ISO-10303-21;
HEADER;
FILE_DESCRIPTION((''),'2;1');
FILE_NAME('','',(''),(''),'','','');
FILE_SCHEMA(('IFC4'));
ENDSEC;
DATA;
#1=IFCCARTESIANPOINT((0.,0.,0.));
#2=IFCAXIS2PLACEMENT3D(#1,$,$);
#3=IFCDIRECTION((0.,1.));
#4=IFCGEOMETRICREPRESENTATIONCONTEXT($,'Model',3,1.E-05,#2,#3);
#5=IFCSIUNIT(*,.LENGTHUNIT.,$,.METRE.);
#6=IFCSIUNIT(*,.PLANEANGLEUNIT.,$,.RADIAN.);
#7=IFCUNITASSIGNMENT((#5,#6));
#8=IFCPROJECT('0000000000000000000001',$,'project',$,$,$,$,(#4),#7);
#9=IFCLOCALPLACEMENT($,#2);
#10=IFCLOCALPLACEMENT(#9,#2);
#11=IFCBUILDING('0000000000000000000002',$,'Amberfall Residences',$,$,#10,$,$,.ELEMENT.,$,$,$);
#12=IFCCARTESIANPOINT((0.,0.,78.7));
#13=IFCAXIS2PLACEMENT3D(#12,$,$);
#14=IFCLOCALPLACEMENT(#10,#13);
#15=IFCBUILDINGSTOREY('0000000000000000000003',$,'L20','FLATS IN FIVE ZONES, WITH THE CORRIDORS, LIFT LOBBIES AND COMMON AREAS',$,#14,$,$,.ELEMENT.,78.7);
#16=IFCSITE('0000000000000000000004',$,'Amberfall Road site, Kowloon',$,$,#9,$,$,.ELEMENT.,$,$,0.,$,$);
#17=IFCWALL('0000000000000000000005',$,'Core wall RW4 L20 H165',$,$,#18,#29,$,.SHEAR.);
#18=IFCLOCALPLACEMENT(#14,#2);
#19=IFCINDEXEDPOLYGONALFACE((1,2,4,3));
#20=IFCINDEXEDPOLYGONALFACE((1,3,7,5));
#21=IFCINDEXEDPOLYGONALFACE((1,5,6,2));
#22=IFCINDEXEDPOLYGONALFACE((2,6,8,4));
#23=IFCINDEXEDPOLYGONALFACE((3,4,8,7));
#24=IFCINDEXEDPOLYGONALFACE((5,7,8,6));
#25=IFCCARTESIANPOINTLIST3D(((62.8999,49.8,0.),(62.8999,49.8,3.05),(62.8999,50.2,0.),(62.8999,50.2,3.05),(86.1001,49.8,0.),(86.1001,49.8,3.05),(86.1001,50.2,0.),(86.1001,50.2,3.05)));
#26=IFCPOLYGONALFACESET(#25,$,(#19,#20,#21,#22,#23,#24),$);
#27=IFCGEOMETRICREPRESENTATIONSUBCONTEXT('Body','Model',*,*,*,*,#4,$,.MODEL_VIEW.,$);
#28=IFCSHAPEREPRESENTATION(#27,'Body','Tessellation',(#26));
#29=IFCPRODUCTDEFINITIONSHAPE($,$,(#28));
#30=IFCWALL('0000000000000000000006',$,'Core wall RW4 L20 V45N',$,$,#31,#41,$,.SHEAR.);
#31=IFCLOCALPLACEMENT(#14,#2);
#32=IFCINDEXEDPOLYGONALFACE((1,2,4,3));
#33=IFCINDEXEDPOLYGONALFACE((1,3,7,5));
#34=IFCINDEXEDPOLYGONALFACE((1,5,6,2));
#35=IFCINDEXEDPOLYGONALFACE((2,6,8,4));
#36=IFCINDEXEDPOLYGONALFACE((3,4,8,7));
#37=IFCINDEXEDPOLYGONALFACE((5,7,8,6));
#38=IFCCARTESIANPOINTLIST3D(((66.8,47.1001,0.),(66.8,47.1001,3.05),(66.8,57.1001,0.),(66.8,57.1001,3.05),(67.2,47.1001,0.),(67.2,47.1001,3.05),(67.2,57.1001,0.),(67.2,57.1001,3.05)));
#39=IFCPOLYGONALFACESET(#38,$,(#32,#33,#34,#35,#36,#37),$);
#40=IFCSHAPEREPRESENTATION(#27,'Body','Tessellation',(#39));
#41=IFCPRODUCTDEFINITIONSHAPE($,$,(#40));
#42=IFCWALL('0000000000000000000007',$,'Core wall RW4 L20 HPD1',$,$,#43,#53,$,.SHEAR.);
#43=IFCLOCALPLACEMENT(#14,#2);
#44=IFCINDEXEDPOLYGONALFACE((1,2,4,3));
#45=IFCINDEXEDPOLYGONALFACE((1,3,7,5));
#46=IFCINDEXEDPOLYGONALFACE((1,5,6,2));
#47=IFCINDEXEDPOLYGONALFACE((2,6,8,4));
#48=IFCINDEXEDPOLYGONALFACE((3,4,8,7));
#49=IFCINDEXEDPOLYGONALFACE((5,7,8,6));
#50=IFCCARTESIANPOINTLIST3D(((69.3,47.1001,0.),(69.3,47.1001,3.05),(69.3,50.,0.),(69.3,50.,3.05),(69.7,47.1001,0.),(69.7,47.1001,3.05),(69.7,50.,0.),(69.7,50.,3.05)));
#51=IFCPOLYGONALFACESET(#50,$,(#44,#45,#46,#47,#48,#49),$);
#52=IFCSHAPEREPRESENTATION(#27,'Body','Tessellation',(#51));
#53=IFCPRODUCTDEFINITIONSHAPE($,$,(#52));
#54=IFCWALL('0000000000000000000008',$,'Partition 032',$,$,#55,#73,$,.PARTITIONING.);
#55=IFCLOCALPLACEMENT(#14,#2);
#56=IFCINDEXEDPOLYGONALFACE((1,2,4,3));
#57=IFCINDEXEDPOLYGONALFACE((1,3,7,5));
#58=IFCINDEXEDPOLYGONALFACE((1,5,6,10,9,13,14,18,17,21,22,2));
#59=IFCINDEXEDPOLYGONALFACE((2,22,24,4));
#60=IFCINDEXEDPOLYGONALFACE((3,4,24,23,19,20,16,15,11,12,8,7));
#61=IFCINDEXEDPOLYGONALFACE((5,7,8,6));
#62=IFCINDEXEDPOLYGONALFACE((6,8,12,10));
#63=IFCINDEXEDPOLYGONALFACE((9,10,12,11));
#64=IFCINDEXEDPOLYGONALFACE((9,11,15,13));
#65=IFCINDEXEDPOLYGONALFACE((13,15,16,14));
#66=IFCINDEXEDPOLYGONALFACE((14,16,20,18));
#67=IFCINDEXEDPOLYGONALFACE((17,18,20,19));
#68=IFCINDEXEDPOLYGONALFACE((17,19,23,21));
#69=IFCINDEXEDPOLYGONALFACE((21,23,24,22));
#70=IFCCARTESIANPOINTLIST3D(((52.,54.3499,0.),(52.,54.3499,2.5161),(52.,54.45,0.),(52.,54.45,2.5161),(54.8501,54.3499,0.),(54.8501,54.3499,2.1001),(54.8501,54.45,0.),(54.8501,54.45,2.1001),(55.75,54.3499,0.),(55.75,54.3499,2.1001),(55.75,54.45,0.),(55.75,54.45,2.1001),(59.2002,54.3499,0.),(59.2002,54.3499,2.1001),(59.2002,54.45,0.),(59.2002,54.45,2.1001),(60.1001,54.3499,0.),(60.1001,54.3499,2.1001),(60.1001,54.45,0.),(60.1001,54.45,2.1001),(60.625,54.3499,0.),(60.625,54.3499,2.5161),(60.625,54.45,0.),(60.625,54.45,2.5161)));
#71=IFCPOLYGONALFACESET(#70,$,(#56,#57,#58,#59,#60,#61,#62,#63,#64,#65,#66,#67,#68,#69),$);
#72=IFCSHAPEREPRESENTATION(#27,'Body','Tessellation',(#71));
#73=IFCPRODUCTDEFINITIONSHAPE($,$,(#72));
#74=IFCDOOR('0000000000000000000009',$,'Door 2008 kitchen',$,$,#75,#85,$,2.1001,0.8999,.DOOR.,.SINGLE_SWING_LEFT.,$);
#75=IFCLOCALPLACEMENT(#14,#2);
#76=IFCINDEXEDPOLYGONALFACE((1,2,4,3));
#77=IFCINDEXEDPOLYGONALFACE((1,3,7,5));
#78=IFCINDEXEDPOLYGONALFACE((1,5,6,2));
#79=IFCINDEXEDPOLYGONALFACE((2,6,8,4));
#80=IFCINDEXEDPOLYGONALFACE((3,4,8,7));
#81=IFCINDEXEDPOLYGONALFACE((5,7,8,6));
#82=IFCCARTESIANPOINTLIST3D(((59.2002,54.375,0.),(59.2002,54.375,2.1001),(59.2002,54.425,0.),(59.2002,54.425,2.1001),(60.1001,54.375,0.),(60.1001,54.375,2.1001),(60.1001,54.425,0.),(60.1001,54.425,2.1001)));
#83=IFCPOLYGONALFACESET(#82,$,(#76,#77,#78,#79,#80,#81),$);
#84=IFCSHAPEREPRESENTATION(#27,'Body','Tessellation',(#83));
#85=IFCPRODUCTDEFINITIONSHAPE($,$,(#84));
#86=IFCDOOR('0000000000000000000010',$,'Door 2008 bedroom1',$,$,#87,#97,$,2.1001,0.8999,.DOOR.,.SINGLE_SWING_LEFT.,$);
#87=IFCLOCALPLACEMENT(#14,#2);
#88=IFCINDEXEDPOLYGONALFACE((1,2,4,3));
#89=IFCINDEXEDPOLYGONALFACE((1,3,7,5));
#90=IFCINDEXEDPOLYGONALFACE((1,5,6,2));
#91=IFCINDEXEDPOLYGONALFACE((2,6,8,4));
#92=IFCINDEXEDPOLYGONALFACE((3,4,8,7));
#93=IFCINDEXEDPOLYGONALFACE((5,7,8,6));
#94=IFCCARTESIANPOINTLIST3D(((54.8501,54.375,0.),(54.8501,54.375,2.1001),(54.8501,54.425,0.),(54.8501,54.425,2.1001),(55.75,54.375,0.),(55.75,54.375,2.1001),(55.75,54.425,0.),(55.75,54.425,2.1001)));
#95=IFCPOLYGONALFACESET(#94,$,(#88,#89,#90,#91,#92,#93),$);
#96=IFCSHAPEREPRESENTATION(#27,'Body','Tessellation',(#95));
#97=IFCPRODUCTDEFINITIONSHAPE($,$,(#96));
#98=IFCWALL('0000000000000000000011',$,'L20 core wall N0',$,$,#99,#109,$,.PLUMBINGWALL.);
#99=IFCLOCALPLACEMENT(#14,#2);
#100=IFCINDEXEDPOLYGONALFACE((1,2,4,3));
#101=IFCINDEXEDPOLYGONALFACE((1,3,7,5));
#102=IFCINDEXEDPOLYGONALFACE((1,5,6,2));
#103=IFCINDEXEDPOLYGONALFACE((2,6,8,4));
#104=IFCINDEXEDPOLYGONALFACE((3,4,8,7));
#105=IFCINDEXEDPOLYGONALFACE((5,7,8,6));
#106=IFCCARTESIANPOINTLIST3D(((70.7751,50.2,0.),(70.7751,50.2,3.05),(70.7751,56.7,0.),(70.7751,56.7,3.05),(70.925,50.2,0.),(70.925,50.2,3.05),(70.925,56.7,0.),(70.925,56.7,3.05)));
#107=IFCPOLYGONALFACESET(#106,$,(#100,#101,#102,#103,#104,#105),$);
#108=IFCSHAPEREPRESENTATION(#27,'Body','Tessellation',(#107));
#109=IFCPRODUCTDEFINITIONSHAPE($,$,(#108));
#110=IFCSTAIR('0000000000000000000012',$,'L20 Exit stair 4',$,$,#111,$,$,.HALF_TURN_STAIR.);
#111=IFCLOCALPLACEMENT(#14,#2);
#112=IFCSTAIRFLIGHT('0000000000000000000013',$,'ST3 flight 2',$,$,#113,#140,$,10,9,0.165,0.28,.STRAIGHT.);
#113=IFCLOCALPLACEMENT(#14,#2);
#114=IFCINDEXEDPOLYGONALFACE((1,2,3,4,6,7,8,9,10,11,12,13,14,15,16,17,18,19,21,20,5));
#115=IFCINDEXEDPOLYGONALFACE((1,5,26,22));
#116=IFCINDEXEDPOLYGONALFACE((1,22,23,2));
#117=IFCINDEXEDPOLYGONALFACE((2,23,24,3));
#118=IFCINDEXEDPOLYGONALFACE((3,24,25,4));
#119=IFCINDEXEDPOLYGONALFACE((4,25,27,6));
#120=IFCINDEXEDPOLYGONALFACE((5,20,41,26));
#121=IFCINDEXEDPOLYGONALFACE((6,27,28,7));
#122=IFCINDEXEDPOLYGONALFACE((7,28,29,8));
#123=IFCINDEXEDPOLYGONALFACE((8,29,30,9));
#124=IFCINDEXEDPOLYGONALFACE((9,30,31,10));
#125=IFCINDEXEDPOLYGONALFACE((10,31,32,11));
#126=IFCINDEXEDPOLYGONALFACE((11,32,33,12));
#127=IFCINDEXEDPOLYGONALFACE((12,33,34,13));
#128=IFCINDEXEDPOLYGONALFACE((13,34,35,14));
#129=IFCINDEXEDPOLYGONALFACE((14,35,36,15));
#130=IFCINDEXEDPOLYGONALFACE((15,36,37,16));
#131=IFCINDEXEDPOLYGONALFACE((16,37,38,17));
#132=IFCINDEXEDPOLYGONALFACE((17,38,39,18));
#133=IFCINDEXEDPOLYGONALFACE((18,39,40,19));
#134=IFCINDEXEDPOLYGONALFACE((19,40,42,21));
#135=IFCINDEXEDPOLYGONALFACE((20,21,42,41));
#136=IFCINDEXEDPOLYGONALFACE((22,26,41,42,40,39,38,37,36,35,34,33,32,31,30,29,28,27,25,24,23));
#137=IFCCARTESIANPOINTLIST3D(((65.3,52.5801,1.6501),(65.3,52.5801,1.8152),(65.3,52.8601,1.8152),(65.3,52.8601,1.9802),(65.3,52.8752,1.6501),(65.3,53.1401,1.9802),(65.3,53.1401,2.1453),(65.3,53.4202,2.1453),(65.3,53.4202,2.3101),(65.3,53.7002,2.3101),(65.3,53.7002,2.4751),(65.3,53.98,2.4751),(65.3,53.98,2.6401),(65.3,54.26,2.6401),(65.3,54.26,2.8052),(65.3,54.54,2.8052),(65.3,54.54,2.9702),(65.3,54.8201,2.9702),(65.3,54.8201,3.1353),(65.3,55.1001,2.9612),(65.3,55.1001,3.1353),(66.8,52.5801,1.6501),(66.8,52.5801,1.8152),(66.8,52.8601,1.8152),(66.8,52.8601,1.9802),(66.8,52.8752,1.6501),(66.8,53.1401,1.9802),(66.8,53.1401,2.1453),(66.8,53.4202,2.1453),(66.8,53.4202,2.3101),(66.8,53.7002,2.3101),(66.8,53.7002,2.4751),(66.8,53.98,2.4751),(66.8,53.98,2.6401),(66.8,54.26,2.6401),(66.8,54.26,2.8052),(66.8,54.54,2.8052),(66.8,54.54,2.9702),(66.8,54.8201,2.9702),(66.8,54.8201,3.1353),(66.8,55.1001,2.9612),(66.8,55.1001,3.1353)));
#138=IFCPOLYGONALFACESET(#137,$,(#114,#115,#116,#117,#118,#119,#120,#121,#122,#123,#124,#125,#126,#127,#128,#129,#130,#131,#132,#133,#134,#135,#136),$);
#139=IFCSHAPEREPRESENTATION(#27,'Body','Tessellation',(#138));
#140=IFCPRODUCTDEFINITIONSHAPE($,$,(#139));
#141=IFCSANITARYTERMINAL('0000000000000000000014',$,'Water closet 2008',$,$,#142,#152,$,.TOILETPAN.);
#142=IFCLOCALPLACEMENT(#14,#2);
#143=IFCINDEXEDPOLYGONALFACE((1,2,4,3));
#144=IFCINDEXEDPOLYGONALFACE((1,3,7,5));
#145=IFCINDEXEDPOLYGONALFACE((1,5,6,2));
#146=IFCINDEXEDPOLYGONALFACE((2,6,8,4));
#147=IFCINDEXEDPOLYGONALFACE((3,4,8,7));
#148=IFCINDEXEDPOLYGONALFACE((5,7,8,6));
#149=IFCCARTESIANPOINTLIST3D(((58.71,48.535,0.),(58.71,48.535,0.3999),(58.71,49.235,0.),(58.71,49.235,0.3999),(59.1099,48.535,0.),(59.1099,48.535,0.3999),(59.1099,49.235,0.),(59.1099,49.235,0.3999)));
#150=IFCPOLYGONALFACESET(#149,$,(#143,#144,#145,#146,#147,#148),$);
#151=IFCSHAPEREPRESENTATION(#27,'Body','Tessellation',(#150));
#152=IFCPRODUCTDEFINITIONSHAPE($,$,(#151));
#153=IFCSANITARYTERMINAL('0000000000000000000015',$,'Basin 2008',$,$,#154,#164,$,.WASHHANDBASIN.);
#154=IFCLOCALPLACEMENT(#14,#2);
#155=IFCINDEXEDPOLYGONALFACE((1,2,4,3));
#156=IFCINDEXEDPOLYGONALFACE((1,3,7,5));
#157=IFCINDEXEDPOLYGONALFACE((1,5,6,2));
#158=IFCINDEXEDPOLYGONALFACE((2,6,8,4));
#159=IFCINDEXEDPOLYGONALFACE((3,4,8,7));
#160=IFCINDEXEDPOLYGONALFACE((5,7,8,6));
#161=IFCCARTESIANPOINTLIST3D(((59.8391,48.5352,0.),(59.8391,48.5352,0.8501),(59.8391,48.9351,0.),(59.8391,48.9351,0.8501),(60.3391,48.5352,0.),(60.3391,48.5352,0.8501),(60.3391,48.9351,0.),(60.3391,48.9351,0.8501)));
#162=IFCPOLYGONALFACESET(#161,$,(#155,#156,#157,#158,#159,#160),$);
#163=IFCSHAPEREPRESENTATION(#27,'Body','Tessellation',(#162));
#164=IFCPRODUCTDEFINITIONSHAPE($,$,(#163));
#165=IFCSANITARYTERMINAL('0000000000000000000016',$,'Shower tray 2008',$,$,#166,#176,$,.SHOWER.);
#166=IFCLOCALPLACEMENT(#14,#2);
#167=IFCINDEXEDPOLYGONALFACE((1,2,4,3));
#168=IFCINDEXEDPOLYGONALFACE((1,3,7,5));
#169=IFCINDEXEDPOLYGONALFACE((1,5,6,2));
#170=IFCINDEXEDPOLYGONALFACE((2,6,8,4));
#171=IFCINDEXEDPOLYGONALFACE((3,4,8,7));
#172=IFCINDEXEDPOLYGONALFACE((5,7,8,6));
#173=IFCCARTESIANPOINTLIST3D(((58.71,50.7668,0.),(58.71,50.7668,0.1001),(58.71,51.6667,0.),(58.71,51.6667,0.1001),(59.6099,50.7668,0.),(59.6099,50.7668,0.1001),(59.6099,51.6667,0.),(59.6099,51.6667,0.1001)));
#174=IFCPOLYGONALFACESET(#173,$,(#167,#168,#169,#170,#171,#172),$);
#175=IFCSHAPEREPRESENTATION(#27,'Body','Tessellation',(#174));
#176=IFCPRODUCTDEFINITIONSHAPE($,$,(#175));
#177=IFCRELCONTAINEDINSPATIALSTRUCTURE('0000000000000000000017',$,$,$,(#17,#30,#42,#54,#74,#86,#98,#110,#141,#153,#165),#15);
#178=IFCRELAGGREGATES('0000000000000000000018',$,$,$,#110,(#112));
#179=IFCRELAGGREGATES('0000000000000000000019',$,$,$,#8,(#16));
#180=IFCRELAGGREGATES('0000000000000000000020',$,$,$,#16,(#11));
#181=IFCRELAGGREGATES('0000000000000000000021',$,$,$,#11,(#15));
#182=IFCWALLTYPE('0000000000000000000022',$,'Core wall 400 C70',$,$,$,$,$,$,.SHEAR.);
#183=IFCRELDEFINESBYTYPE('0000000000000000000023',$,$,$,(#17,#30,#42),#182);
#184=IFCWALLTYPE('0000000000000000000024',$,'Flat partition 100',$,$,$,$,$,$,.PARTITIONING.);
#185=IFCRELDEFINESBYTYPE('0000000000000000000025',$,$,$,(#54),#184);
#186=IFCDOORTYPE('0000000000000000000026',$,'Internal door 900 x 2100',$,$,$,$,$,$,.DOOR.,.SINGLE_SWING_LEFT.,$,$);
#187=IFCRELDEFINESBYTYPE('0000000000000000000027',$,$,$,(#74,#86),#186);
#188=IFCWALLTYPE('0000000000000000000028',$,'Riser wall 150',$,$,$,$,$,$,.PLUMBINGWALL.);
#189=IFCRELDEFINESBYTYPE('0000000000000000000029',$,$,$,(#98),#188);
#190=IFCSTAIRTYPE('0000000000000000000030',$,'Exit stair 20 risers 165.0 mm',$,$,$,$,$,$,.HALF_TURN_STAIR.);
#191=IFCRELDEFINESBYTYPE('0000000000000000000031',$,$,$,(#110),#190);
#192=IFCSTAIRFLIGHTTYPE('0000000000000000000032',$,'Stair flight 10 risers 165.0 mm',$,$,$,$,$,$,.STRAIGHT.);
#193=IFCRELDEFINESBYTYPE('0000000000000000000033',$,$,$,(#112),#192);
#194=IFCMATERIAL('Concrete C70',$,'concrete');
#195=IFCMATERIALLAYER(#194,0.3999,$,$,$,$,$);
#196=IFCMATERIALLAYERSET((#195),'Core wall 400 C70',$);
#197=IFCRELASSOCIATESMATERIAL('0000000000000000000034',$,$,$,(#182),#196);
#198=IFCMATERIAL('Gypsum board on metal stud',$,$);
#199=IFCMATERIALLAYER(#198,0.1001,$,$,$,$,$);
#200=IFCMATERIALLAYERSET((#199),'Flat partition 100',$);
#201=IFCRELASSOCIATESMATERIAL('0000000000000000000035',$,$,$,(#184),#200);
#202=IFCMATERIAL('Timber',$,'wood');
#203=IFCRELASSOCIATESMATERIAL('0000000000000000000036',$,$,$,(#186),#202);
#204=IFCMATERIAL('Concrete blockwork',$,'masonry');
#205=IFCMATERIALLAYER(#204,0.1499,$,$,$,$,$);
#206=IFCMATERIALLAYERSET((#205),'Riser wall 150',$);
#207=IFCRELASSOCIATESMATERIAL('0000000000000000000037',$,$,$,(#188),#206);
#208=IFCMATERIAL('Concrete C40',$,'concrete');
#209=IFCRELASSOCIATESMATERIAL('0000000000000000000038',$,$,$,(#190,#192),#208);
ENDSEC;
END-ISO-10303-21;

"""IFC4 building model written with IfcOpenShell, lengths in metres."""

from ifc_helpers import new_model, si_unit, direction, frame, frame_2d, origin, origin_2d, place, context, subcontext, project, spatial, polyline, rectangle, outline, extrude, material, layer, layer_set, type_object, element, fill, aggregate, save


model = new_model("IFC4")

# Units and contexts
model_context = context("Model", 3, precision=1e-05, world=origin(), true_north=direction((0.0, 1.0)))
body_context = subcontext(model_context, "Body", "Model", "MODEL_VIEW")
ifc_project = project(units=[si_unit("LENGTHUNIT", "METRE"), si_unit("PLANEANGLEUNIT", "RADIAN")], contexts=[model_context])

# Site, building, storey
site_placement = place(None, origin())
site = spatial("IfcSite", under=ifc_project, at=site_placement, Name="Amberfall Road site, Kowloon", CompositionType="ELEMENT", RefElevation=0.0)
building_placement = place(site_placement, origin())
building = spatial("IfcBuilding", under=site, at=building_placement, Name="Amberfall Residences", CompositionType="ELEMENT")
storey_placement = place(building_placement, frame((0.0, 0.0, 78.7)))
storey = spatial("IfcBuildingStorey", under=building, at=storey_placement, Name="L20", Description="FLATS IN FIVE ZONES, WITH THE CORRIDORS, LIFT LOBBIES AND COMMON AREAS", CompositionType="ELEMENT", Elevation=78.7)

# Walls
ifc_material_1 = material(Name="Concrete C70", Category="concrete")
ifc_layer_1 = layer(ifc_material_1, 0.3999)
ifc_layer_set_1 = layer_set([ifc_layer_1], Name="Core wall 400 C70")
wall_type_1 = type_object("IfcWallType", Name="Core wall 400 C70", PredefinedType="SHEAR", material=ifc_layer_set_1)
wall_1_placement = place(storey_placement, frame((62.8999, 50.0, 0.0), z_axis=(0.0, 0.0, 1.0), x_axis=(1.0, 0.0, 0.0)))
element("IfcWall", 1, at=wall_1_placement, inside=storey, type_object=wall_type_1, Name="Core wall RW4 L20 H165", PredefinedType="SHEAR", context=body_context, shape_type="SweptSolid", body=[
    extrude(rectangle(XDim=23.2002, YDim=0.3999, at=frame_2d((11.6001, 0.0))), origin(), (0.0, 0.0, 1.0), 3.05),
])
wall_2_placement = place(storey_placement, frame((67.0, 47.1001, 0.0), z_axis=(0.0, 0.0, 1.0), x_axis=(0.0, 1.0, 0.0)))
element("IfcWall", 2, at=wall_2_placement, inside=storey, type_object=wall_type_1, Name="Core wall RW4 L20 V45N", PredefinedType="SHEAR", context=body_context, shape_type="SweptSolid", body=[
    extrude(rectangle(XDim=10.0, YDim=0.3999, at=frame_2d((5.0, 0.0))), origin(), (0.0, 0.0, 1.0), 3.05),
])
wall_3_placement = place(storey_placement, frame((69.5, 47.1001, 0.0), z_axis=(0.0, 0.0, 1.0), x_axis=(0.0, 1.0, 0.0)))
element("IfcWall", 3, at=wall_3_placement, inside=storey, type_object=wall_type_1, Name="Core wall RW4 L20 HPD1", PredefinedType="SHEAR", context=body_context, shape_type="SweptSolid", body=[
    extrude(rectangle(XDim=2.8999, YDim=0.3999, at=frame_2d((1.45, 0.0))), origin(), (0.0, 0.0, 1.0), 3.05),
])

# Wall, openings, doors
ifc_material_2 = material(Name="Gypsum board on metal stud")
ifc_layer_2 = layer(ifc_material_2, 0.1001)
ifc_layer_set_2 = layer_set([ifc_layer_2], Name="Flat partition 100")
wall_type_2 = type_object("IfcWallType", Name="Flat partition 100", PredefinedType="PARTITIONING", material=ifc_layer_set_2)
wall_4_placement = place(storey_placement, frame((60.625, 54.3999, 0.0), z_axis=(0.0, 0.0, 1.0), x_axis=(-1.0, 0.0, 0.0)))
wall_4 = element("IfcWall", 4, at=wall_4_placement, inside=storey, type_object=wall_type_2, Name="Partition 032", PredefinedType="PARTITIONING", context=body_context, shape_type="SweptSolid", body=[
    extrude(rectangle(XDim=8.625, YDim=0.1001, at=frame_2d((4.3125, 0.0))), origin(), (0.0, 0.0, 1.0), 2.5161),
])
opening_1_placement = place(wall_4_placement, frame((0.5249, 0.0, 0.0)))
opening_1 = element("IfcOpeningElement", 5, at=opening_1_placement, cuts=wall_4, PredefinedType="OPENING", context=body_context, shape_type="SweptSolid", body=[
    extrude(rectangle(XDim=0.8999, YDim=2.1001, at=frame_2d((0.45, 1.05))), frame((0.0, 0.0601, 0.0), z_axis=(0.0, -1.0, 0.0), x_axis=(1.0, 0.0, 0.0)), (0.0, 0.0, 1.0), 0.1201),
])
opening_2_placement = place(wall_4_placement, frame((4.875, 0.0, 0.0)))
opening_2 = element("IfcOpeningElement", 6, at=opening_2_placement, cuts=wall_4, PredefinedType="OPENING", context=body_context, shape_type="SweptSolid", body=[
    extrude(rectangle(XDim=0.8999, YDim=2.1001, at=frame_2d((0.45, 1.05))), frame((0.0, 0.0601, 0.0), z_axis=(0.0, -1.0, 0.0), x_axis=(1.0, 0.0, 0.0)), (0.0, 0.0, 1.0), 0.1201),
])
ifc_material_3 = material(Name="Timber", Category="wood")
door_type = type_object("IfcDoorType", Name="Internal door 900 x 2100", OperationType="SINGLE_SWING_LEFT", PredefinedType="DOOR", material=ifc_material_3)
door_1_placement = place(opening_1_placement, origin())
door_1 = element("IfcDoor", 7, at=door_1_placement, inside=storey, type_object=door_type, Name="Door 2008 kitchen", OperationType="SINGLE_SWING_LEFT", OverallHeight=2.1001, OverallWidth=0.8999, PredefinedType="DOOR", context=body_context, shape_type="SweptSolid", body=[
    extrude(rectangle(XDim=0.8999, YDim=2.1001, at=frame_2d((0.45, 1.05))), frame((0.0, 0.0249, 0.0), z_axis=(0.0, -1.0, 0.0), x_axis=(1.0, 0.0, 0.0)), (0.0, 0.0, 1.0), 0.05),
])
fill(opening_1, door_1)
door_2_placement = place(opening_2_placement, origin())
door_2 = element("IfcDoor", 8, at=door_2_placement, inside=storey, type_object=door_type, Name="Door 2008 bedroom1", OperationType="SINGLE_SWING_LEFT", OverallHeight=2.1001, OverallWidth=0.8999, PredefinedType="DOOR", context=body_context, shape_type="SweptSolid", body=[
    extrude(rectangle(XDim=0.8999, YDim=2.1001, at=frame_2d((0.45, 1.05))), frame((0.0, 0.0249, 0.0), z_axis=(0.0, -1.0, 0.0), x_axis=(1.0, 0.0, 0.0)), (0.0, 0.0, 1.0), 0.05),
])
fill(opening_2, door_2)

# Wall
ifc_material_4 = material(Name="Concrete blockwork", Category="masonry")
ifc_layer_3 = layer(ifc_material_4, 0.1499)
ifc_layer_set_3 = layer_set([ifc_layer_3], Name="Riser wall 150")
wall_type_3 = type_object("IfcWallType", Name="Riser wall 150", PredefinedType="PLUMBINGWALL", material=ifc_layer_set_3)
wall_5_placement = place(storey_placement, frame((70.8501, 50.2, 0.0), z_axis=(0.0, 0.0, 1.0), x_axis=(0.0, 1.0, 0.0)))
element("IfcWall", 9, at=wall_5_placement, inside=storey, type_object=wall_type_3, Name="L20 core wall N0", PredefinedType="PLUMBINGWALL", context=body_context, shape_type="SweptSolid", body=[
    extrude(rectangle(XDim=6.5, YDim=0.1499, at=frame_2d((3.25, 0.0))), origin(), (0.0, 0.0, 1.0), 3.05),
])

# Stair, stair flight
ifc_material_5 = material(Name="Concrete C40", Category="concrete")
stair_type = type_object("IfcStairType", Name="Exit stair 20 risers 165.0 mm", PredefinedType="HALF_TURN_STAIR", material=ifc_material_5)
stair_placement = place(storey_placement, origin())
stair = element("IfcStair", 10, at=stair_placement, inside=storey, type_object=stair_type, Name="L20 Exit stair 4", PredefinedType="HALF_TURN_STAIR")
stair_flight_type = type_object("IfcStairFlightType", Name="Stair flight 10 risers 165.0 mm", PredefinedType="STRAIGHT", material=ifc_material_5)
stair_flight_placement = place(storey_placement, frame((66.05, 52.5801, 1.6501), z_axis=(0.0, 0.0, 1.0), x_axis=(0.0, 1.0, 0.0)))
stair_flight = element("IfcStairFlight", 11, at=stair_flight_placement, type_object=stair_flight_type, Name="ST3 flight 2", NumberOfRisers=10, NumberOfTreads=9, PredefinedType="STRAIGHT", RiserHeight=0.165, TreadLength=0.28, context=body_context, shape_type="SweptSolid", body=[
    extrude(outline(polyline([(0.0, 0.0), (0.0, 0.165), (0.28, 0.165), (0.28, 0.3301), (0.5601, 0.3301), (0.5601, 0.4951), (0.8401, 0.4951), (0.8401, 0.6599), (1.1201, 0.6599), (1.1201, 0.825), (1.3999, 0.825), (1.3999, 0.99), (1.6799, 0.99), (1.6799, 1.155), (1.96, 1.155), (1.96, 1.3201), (2.24, 1.3201), (2.24, 1.4851), (2.52, 1.4851), (2.52, 1.6499), (2.52, 1.311), (0.2952, 0.0), (0.0, 0.0)])), frame((0.0, 0.75, 0.0), z_axis=(0.0, -1.0, 0.0), x_axis=(1.0, 0.0, 0.0)), (0.0, 0.0, 1.0), 1.5),
])
aggregate(stair, [stair_flight])

# Sanitary terminals
sanitary_terminal_1_placement = place(storey_placement, frame((58.9099, 48.885, 0.0), z_axis=(0.0, 0.0, 1.0), x_axis=(1.0, 0.0, 0.0)))
element("IfcSanitaryTerminal", 12, at=sanitary_terminal_1_placement, inside=storey, Name="Water closet 2008", PredefinedType="TOILETPAN", context=body_context, shape_type="SweptSolid", body=[
    extrude(rectangle(XDim=0.3999, YDim=0.7, at=origin_2d()), origin(), (0.0, 0.0, 1.0), 0.3999),
])
sanitary_terminal_2_placement = place(storey_placement, frame((60.0891, 48.7351, 0.0), z_axis=(0.0, 0.0, 1.0), x_axis=(1.0, 0.0, 0.0)))
element("IfcSanitaryTerminal", 13, at=sanitary_terminal_2_placement, inside=storey, Name="Basin 2008", PredefinedType="WASHHANDBASIN", context=body_context, shape_type="SweptSolid", body=[
    extrude(rectangle(XDim=0.5, YDim=0.3999, at=origin_2d()), origin(), (0.0, 0.0, 1.0), 0.8501),
])
sanitary_terminal_3_placement = place(storey_placement, frame((59.1599, 51.2168, 0.0), z_axis=(0.0, 0.0, 1.0), x_axis=(1.0, 0.0, 0.0)))
element("IfcSanitaryTerminal", 14, at=sanitary_terminal_3_placement, inside=storey, Name="Shower tray 2008", PredefinedType="SHOWER", context=body_context, shape_type="SweptSolid", body=[
    extrude(rectangle(XDim=0.8999, YDim=0.8999, at=origin_2d()), origin(), (0.0, 0.0, 1.0), 0.1001),
])

save(model, "model.ifc")
